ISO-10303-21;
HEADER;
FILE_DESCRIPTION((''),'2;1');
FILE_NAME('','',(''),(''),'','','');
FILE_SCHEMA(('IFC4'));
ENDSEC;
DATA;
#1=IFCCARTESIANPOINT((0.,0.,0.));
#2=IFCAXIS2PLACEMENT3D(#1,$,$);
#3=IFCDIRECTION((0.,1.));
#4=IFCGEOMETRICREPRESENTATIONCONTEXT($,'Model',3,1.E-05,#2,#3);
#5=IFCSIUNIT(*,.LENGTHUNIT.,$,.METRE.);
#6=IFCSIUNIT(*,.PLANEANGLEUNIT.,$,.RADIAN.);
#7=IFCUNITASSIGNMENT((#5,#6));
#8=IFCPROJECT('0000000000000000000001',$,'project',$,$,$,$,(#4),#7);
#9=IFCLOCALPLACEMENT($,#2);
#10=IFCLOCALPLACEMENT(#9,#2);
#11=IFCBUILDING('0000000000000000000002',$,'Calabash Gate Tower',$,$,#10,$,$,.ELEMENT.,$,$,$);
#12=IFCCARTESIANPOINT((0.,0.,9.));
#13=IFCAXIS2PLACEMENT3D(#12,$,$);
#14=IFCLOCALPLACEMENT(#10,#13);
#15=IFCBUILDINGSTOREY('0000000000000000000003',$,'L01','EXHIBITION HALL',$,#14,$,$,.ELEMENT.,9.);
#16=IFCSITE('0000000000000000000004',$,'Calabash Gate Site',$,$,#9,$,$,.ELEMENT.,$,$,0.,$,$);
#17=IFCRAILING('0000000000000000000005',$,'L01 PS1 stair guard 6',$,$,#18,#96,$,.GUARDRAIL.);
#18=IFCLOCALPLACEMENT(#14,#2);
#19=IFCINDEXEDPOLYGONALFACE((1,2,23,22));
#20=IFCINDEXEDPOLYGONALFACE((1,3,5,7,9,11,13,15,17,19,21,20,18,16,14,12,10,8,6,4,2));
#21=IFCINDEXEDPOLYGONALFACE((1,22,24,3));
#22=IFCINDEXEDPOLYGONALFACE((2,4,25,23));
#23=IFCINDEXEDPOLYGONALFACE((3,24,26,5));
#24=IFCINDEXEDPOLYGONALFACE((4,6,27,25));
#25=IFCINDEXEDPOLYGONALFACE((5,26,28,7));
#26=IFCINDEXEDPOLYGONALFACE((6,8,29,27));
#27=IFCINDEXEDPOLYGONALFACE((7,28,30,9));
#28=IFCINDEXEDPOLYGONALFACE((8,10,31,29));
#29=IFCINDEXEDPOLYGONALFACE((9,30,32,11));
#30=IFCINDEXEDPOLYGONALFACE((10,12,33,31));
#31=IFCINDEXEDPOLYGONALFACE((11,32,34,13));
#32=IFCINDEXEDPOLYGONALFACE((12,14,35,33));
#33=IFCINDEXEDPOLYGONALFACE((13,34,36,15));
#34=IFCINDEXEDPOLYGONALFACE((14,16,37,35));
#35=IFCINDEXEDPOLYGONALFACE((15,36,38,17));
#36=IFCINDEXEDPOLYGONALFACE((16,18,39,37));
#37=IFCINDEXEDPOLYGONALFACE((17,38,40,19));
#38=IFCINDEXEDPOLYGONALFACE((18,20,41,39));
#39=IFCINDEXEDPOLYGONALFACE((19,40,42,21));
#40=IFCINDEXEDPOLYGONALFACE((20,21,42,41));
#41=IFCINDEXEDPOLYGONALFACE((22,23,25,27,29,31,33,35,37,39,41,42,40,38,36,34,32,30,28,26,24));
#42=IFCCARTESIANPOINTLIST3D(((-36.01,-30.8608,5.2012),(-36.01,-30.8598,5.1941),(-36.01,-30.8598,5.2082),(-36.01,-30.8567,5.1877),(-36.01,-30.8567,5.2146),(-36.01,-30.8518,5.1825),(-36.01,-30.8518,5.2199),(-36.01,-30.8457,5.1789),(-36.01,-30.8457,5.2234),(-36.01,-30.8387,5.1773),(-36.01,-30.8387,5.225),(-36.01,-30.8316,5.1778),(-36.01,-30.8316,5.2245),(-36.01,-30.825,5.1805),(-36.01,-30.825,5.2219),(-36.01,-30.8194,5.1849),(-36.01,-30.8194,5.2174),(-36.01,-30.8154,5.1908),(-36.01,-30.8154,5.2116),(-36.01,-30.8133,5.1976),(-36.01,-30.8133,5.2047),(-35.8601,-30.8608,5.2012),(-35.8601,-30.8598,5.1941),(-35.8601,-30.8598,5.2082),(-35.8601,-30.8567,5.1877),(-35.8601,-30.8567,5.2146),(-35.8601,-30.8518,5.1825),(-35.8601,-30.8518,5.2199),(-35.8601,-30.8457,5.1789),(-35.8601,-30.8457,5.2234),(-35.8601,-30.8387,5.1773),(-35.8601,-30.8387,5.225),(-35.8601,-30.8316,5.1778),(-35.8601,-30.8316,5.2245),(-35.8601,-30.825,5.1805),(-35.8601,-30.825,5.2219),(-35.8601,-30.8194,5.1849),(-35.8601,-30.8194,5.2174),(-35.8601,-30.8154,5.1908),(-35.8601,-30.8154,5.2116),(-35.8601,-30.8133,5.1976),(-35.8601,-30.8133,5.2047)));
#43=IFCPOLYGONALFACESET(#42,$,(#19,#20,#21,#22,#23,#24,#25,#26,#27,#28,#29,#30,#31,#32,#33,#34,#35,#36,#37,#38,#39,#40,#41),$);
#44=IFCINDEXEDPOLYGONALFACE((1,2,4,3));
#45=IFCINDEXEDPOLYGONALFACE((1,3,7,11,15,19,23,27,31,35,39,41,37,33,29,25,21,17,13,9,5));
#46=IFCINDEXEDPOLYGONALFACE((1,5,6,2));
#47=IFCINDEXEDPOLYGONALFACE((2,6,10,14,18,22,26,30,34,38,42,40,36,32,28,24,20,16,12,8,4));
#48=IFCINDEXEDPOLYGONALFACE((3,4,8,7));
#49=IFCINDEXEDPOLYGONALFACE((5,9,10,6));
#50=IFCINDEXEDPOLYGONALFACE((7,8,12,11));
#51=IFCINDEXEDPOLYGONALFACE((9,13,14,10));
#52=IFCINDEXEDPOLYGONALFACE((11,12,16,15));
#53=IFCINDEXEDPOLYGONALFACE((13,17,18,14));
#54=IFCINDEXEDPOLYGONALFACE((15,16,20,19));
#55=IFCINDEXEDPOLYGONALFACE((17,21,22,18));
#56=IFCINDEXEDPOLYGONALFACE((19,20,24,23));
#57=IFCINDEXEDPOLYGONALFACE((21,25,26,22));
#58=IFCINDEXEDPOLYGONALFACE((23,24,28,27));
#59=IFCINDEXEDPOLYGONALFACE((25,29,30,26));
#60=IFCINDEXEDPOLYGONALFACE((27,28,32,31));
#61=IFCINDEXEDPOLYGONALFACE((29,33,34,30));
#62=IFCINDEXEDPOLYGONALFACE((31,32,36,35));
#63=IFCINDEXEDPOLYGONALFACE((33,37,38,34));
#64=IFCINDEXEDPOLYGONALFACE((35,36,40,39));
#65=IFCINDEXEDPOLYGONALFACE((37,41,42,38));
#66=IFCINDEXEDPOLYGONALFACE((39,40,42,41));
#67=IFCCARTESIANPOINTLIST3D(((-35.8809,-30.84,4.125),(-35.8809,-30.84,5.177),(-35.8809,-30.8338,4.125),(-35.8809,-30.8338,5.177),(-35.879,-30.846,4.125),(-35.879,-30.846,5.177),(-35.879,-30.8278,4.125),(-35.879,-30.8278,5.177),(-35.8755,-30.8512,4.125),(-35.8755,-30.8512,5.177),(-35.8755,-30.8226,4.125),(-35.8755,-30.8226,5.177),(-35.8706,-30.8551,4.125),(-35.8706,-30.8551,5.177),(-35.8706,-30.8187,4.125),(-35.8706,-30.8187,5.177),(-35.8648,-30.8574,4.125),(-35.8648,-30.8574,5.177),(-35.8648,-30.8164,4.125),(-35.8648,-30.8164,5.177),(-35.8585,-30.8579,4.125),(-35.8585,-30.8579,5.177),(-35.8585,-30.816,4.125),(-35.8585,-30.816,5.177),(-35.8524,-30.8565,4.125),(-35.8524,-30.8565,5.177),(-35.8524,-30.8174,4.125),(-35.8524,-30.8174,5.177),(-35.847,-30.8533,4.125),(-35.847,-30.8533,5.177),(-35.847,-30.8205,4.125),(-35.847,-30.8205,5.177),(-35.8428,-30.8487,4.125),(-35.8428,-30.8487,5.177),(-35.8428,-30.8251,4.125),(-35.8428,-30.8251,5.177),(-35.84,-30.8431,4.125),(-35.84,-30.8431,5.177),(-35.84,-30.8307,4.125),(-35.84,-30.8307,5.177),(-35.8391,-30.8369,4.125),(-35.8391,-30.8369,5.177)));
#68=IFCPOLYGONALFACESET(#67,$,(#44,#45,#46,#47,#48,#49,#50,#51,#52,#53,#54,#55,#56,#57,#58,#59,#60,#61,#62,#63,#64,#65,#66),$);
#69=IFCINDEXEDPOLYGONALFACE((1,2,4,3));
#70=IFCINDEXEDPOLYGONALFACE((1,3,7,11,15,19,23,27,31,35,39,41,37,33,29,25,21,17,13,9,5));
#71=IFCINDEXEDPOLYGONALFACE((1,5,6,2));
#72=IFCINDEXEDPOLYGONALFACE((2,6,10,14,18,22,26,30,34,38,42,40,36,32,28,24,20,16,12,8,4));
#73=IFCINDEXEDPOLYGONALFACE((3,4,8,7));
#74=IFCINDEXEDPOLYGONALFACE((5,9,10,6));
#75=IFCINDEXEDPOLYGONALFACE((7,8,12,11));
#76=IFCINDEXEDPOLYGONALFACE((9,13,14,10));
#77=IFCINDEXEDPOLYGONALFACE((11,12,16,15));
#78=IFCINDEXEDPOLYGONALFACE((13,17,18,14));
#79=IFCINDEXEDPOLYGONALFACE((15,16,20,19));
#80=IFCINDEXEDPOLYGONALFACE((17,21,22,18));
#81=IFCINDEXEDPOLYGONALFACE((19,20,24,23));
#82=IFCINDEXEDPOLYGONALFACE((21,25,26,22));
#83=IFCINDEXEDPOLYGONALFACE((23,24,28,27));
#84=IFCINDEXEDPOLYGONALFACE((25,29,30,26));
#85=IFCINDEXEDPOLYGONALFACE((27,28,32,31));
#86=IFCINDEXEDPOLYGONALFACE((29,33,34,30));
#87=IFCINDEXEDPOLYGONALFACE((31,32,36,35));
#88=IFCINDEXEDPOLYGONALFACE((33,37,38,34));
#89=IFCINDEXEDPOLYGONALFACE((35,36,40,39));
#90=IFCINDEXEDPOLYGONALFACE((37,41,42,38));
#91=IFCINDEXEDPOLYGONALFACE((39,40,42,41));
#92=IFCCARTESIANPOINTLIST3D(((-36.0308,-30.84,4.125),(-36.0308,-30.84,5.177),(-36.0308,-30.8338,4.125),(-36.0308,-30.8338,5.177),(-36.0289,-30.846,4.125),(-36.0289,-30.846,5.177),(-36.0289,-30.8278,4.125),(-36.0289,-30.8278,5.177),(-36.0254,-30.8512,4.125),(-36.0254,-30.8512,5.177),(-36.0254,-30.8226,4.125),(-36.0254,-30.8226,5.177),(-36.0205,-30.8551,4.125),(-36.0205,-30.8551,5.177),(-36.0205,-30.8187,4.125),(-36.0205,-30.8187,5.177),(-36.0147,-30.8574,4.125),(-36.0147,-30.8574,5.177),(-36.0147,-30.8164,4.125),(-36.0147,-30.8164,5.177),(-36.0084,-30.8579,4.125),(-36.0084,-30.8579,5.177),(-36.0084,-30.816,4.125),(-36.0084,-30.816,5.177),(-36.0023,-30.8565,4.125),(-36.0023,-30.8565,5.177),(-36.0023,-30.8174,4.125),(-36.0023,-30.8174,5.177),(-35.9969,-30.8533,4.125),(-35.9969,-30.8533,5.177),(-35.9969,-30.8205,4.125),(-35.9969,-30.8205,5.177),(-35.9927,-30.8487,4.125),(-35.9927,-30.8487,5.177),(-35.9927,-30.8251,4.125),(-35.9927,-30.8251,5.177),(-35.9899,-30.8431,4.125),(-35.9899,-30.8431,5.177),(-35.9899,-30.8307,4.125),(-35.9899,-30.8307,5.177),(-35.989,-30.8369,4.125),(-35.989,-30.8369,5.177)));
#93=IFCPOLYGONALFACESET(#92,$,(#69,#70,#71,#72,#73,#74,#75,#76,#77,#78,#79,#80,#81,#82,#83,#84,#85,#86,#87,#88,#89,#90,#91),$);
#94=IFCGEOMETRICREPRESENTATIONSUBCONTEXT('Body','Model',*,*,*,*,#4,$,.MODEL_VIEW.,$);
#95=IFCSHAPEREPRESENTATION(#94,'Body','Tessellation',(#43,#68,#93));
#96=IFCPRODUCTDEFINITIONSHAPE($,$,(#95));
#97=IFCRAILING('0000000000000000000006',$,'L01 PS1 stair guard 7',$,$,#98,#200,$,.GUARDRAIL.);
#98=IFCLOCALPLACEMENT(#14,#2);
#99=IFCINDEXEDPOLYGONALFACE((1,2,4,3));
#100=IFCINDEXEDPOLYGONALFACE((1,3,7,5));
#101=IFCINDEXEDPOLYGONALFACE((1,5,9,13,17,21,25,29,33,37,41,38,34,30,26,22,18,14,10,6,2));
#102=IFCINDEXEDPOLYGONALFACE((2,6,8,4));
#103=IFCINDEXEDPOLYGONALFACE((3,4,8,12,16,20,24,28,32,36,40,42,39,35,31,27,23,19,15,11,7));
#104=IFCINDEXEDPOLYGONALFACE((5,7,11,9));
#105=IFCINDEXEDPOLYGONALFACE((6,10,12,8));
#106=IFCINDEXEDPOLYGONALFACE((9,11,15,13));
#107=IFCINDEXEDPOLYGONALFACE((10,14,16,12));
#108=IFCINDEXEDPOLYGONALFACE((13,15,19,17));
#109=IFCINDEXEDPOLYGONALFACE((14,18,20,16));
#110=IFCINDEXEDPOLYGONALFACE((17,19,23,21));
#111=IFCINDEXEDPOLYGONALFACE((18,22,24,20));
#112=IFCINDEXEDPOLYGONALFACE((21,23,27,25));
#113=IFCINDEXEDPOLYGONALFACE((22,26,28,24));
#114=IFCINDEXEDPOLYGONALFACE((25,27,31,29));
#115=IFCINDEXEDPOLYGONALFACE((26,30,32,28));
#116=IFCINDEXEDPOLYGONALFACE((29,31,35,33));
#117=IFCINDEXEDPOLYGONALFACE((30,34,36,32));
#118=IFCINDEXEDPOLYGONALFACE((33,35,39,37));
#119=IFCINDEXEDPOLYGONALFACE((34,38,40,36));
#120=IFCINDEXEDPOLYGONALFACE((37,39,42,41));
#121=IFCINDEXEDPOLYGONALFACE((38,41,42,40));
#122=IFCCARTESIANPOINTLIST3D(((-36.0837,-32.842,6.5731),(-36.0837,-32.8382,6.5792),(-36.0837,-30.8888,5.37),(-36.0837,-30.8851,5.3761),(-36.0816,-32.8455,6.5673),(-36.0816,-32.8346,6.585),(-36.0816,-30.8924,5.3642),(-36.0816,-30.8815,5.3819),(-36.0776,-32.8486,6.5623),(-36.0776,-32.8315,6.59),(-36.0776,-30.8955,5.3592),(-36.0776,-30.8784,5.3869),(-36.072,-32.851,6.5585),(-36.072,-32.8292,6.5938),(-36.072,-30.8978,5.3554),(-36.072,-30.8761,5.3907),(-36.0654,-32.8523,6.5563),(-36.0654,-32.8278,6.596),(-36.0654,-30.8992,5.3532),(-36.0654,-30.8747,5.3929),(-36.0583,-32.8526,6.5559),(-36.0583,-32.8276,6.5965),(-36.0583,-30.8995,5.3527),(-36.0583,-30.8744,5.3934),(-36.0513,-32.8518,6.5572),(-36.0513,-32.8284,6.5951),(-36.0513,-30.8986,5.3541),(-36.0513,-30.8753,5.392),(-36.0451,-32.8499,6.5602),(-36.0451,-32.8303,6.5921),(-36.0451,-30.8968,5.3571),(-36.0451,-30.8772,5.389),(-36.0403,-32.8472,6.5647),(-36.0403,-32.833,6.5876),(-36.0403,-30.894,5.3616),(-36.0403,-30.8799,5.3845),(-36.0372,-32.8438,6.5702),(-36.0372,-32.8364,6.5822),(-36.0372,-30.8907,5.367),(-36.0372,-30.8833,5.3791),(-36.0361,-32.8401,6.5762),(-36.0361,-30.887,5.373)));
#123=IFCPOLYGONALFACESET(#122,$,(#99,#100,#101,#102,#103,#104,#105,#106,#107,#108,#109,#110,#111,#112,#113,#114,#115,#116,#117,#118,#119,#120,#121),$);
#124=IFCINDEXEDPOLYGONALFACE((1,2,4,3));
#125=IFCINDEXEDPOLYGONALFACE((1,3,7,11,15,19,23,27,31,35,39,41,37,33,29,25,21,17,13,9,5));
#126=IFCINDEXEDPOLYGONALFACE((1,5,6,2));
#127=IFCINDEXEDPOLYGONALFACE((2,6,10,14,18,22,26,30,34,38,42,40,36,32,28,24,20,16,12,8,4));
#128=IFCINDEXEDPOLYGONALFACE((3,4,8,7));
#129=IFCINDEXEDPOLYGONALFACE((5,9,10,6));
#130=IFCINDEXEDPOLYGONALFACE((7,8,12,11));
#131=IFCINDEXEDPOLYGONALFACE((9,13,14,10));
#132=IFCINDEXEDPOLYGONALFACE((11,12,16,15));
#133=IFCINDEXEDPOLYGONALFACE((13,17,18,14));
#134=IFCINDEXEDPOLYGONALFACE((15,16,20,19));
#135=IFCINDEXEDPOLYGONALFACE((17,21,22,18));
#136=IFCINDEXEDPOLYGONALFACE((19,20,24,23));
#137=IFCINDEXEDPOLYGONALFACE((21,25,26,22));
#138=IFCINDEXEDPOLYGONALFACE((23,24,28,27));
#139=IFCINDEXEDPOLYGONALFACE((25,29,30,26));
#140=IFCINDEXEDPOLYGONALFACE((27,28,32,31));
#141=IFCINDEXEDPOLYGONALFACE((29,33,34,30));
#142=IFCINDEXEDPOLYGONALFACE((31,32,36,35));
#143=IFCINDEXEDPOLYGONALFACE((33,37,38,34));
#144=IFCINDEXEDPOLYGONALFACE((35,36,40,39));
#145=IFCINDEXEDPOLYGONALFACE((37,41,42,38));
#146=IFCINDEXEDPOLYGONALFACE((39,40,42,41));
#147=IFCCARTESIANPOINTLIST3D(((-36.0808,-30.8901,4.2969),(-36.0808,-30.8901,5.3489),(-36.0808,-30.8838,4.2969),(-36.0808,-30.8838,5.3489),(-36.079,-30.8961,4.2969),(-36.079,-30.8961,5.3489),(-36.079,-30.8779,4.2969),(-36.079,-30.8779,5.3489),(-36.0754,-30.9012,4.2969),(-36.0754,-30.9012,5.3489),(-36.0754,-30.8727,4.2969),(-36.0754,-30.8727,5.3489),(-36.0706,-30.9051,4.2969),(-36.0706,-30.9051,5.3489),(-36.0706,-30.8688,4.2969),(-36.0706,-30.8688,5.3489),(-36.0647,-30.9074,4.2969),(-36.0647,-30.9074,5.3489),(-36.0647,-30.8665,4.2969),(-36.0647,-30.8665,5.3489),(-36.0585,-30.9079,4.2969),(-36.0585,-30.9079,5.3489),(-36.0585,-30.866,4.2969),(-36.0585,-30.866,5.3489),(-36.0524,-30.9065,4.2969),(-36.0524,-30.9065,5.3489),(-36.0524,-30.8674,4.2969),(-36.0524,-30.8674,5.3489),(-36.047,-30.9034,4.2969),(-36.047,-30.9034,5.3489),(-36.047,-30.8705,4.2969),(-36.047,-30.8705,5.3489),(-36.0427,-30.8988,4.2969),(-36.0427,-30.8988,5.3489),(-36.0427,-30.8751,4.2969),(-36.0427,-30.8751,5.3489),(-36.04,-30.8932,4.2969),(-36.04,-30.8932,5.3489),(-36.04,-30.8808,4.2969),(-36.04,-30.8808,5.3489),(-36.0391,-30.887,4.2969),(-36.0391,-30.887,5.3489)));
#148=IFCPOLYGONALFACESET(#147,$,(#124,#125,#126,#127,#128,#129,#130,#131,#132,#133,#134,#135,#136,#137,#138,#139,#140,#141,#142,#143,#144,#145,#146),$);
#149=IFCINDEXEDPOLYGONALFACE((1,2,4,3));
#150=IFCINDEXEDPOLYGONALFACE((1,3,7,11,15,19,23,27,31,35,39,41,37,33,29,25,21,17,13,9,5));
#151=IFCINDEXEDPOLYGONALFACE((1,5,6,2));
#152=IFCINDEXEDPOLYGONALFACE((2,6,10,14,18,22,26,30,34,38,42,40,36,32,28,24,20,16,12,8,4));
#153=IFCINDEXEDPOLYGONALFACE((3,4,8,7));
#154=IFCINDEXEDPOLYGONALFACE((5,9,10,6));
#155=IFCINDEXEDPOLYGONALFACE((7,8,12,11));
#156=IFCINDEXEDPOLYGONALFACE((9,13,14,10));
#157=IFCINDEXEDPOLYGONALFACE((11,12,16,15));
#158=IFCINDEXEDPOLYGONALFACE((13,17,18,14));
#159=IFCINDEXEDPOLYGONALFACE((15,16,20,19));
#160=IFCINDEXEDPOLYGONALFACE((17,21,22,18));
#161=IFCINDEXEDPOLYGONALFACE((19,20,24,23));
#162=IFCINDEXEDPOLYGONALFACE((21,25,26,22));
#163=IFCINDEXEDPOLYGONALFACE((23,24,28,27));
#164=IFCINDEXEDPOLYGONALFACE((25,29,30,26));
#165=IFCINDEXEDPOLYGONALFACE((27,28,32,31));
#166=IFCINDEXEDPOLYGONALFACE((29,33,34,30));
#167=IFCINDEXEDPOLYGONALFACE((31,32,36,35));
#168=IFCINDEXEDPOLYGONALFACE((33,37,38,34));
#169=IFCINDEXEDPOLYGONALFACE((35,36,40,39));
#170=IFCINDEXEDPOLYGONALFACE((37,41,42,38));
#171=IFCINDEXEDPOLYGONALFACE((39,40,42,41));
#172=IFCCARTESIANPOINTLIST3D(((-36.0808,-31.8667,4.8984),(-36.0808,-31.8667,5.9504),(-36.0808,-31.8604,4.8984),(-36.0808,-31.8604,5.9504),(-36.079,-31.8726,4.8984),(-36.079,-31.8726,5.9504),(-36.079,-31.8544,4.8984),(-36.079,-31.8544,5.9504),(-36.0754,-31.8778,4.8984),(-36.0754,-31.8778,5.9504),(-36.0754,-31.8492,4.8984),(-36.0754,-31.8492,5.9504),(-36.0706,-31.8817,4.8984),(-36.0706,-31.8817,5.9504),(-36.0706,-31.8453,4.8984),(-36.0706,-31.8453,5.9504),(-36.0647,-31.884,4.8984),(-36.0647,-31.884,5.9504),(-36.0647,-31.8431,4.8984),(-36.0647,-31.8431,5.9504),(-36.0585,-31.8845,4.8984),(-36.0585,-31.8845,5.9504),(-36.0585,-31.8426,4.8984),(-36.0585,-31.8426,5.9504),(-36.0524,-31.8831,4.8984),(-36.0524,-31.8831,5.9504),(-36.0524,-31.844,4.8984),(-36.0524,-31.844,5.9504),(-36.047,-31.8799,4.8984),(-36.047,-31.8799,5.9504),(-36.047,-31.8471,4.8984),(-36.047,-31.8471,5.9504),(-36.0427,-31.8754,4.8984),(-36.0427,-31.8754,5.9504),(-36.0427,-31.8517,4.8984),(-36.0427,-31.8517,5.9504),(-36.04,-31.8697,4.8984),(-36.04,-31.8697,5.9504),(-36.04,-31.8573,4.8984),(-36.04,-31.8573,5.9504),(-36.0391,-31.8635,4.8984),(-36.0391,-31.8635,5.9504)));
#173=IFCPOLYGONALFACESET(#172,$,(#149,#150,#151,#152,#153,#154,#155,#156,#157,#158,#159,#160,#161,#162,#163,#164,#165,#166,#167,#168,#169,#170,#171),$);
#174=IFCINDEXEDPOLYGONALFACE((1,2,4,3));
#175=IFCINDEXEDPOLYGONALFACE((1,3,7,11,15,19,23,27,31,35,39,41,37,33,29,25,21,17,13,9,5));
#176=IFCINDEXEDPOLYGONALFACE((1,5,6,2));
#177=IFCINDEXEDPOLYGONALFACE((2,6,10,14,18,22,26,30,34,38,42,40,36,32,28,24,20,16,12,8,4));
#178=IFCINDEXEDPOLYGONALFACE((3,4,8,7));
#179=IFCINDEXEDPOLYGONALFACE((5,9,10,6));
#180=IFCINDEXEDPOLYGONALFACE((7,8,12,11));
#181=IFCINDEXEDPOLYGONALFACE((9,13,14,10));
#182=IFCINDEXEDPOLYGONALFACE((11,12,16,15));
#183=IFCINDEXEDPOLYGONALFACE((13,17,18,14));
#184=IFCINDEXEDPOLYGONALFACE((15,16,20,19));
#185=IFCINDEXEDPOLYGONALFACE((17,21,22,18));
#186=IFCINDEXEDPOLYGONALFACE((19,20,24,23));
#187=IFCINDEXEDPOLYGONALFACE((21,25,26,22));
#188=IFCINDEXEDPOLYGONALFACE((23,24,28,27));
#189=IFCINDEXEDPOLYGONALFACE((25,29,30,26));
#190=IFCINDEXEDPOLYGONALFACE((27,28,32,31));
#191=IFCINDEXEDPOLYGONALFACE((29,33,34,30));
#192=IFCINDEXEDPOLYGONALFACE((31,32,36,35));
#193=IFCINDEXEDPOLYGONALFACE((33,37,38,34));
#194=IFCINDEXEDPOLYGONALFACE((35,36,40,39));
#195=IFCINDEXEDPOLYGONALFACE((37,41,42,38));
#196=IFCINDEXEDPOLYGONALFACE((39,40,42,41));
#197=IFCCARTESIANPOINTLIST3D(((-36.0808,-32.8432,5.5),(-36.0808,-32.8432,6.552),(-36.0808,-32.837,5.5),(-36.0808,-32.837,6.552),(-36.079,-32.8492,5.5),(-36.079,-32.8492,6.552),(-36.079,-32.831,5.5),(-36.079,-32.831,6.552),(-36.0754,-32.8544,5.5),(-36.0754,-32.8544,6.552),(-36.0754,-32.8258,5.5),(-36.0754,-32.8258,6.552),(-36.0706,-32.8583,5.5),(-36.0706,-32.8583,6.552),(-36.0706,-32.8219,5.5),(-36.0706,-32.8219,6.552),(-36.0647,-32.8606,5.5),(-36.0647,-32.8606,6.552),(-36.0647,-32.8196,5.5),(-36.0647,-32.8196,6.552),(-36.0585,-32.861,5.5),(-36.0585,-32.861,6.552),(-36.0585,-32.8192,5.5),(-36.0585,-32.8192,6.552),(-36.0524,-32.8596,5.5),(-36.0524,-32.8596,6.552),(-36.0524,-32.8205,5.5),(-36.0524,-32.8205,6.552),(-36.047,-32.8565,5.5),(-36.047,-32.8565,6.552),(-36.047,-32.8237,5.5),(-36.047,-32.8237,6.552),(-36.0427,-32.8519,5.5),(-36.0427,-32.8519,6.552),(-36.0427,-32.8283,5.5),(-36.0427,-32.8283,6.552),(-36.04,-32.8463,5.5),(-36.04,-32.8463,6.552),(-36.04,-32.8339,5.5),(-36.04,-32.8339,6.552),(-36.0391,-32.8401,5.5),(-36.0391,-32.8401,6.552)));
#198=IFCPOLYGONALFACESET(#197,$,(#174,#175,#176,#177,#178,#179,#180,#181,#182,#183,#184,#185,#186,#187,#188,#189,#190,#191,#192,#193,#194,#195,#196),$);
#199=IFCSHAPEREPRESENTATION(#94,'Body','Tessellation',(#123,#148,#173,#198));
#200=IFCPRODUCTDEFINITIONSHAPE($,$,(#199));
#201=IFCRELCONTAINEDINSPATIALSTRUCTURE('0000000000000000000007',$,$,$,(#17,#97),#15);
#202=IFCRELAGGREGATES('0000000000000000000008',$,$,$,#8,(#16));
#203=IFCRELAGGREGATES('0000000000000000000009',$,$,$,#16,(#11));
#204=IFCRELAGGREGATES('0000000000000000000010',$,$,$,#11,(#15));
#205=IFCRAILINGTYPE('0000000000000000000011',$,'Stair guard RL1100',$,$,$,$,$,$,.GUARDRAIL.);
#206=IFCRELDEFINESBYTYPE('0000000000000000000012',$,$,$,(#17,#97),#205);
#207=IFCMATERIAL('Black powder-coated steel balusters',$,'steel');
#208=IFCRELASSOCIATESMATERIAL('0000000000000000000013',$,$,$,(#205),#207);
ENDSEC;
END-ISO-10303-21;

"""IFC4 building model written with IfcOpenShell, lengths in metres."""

from ifc_helpers import new_model, si_unit, direction, frame, origin, origin_2d, place, context, subcontext, project, spatial, circle, extrude, material, type_object, element, save


model = new_model("IFC4")

# Units and contexts
model_context = context("Model", 3, precision=1e-05, world=origin(), true_north=direction((0.0, 1.0)))
body_context = subcontext(model_context, "Body", "Model", "MODEL_VIEW")
ifc_project = project(units=[si_unit("LENGTHUNIT", "METRE"), si_unit("PLANEANGLEUNIT", "RADIAN")], contexts=[model_context])

# Site, building, storey
site_placement = place(None, origin())
site = spatial("IfcSite", under=ifc_project, at=site_placement, Name="Calabash Gate Site", CompositionType="ELEMENT", RefElevation=0.0)
building_placement = place(site_placement, origin())
building = spatial("IfcBuilding", under=site, at=building_placement, Name="Calabash Gate Tower", CompositionType="ELEMENT")
storey_placement = place(building_placement, frame((0.0, 0.0, 9.0)))
storey = spatial("IfcBuildingStorey", under=building, at=storey_placement, Name="L01", Description="EXHIBITION HALL", CompositionType="ELEMENT", Elevation=9.0)

# Railings
ifc_material_1 = material(Name="Black powder-coated steel balusters", Category="steel")
railing_type_1 = type_object("IfcRailingType", Name="Stair guard RL1100", PredefinedType="GUARDRAIL", material=ifc_material_1)
railing_1_placement = place(storey_placement, frame((-35.8601, -30.8369, 4.125)))
element("IfcRailing", 1, at=railing_1_placement, inside=storey, type_object=railing_type_1, Name="L01 PS1 stair guard 6", PredefinedType="GUARDRAIL", context=body_context, shape_type="SweptSolid", body=[
    extrude(circle(Radius=0.0239, at=origin_2d()), frame((0.0, 0.0, 1.0762), z_axis=(-1.0, 0.0, 0.0), x_axis=(0.0, -1.0, 0.0)), (0.0, 0.0, 1.0), 0.1499),
    extrude(circle(Radius=0.021, at=origin_2d()), origin(), (0.0, 0.0, 1.0), 1.052),
    extrude(circle(Radius=0.021, at=origin_2d()), frame((-0.1499, 0.0, 0.0)), (0.0, 0.0, 1.0), 1.052),
])
railing_2_placement = place(storey_placement, frame((-36.0601, -30.887, 4.2969)))
element("IfcRailing", 2, at=railing_2_placement, inside=storey, type_object=railing_type_1, Name="L01 PS1 stair guard 7", PredefinedType="GUARDRAIL", context=body_context, shape_type="SweptSolid", body=[
    extrude(circle(Radius=0.0239, at=origin_2d()), frame((0.0, 0.0, 1.0762), z_axis=(0.0, -0.851424, 0.524477), x_axis=(1.0, 0.0, 0.0)), (0.0, 0.0, 1.0), 2.2939),
    extrude(circle(Radius=0.021, at=origin_2d()), origin(), (0.0, 0.0, 1.0), 1.052),
    extrude(circle(Radius=0.021, at=origin_2d()), frame((0.0, -0.9766, 0.6016)), (0.0, 0.0, 1.0), 1.052),
    extrude(circle(Radius=0.021, at=origin_2d()), frame((0.0, -1.9531, 1.2031)), (0.0, 0.0, 1.0), 1.052),
])

save(model, "model.ifc")
